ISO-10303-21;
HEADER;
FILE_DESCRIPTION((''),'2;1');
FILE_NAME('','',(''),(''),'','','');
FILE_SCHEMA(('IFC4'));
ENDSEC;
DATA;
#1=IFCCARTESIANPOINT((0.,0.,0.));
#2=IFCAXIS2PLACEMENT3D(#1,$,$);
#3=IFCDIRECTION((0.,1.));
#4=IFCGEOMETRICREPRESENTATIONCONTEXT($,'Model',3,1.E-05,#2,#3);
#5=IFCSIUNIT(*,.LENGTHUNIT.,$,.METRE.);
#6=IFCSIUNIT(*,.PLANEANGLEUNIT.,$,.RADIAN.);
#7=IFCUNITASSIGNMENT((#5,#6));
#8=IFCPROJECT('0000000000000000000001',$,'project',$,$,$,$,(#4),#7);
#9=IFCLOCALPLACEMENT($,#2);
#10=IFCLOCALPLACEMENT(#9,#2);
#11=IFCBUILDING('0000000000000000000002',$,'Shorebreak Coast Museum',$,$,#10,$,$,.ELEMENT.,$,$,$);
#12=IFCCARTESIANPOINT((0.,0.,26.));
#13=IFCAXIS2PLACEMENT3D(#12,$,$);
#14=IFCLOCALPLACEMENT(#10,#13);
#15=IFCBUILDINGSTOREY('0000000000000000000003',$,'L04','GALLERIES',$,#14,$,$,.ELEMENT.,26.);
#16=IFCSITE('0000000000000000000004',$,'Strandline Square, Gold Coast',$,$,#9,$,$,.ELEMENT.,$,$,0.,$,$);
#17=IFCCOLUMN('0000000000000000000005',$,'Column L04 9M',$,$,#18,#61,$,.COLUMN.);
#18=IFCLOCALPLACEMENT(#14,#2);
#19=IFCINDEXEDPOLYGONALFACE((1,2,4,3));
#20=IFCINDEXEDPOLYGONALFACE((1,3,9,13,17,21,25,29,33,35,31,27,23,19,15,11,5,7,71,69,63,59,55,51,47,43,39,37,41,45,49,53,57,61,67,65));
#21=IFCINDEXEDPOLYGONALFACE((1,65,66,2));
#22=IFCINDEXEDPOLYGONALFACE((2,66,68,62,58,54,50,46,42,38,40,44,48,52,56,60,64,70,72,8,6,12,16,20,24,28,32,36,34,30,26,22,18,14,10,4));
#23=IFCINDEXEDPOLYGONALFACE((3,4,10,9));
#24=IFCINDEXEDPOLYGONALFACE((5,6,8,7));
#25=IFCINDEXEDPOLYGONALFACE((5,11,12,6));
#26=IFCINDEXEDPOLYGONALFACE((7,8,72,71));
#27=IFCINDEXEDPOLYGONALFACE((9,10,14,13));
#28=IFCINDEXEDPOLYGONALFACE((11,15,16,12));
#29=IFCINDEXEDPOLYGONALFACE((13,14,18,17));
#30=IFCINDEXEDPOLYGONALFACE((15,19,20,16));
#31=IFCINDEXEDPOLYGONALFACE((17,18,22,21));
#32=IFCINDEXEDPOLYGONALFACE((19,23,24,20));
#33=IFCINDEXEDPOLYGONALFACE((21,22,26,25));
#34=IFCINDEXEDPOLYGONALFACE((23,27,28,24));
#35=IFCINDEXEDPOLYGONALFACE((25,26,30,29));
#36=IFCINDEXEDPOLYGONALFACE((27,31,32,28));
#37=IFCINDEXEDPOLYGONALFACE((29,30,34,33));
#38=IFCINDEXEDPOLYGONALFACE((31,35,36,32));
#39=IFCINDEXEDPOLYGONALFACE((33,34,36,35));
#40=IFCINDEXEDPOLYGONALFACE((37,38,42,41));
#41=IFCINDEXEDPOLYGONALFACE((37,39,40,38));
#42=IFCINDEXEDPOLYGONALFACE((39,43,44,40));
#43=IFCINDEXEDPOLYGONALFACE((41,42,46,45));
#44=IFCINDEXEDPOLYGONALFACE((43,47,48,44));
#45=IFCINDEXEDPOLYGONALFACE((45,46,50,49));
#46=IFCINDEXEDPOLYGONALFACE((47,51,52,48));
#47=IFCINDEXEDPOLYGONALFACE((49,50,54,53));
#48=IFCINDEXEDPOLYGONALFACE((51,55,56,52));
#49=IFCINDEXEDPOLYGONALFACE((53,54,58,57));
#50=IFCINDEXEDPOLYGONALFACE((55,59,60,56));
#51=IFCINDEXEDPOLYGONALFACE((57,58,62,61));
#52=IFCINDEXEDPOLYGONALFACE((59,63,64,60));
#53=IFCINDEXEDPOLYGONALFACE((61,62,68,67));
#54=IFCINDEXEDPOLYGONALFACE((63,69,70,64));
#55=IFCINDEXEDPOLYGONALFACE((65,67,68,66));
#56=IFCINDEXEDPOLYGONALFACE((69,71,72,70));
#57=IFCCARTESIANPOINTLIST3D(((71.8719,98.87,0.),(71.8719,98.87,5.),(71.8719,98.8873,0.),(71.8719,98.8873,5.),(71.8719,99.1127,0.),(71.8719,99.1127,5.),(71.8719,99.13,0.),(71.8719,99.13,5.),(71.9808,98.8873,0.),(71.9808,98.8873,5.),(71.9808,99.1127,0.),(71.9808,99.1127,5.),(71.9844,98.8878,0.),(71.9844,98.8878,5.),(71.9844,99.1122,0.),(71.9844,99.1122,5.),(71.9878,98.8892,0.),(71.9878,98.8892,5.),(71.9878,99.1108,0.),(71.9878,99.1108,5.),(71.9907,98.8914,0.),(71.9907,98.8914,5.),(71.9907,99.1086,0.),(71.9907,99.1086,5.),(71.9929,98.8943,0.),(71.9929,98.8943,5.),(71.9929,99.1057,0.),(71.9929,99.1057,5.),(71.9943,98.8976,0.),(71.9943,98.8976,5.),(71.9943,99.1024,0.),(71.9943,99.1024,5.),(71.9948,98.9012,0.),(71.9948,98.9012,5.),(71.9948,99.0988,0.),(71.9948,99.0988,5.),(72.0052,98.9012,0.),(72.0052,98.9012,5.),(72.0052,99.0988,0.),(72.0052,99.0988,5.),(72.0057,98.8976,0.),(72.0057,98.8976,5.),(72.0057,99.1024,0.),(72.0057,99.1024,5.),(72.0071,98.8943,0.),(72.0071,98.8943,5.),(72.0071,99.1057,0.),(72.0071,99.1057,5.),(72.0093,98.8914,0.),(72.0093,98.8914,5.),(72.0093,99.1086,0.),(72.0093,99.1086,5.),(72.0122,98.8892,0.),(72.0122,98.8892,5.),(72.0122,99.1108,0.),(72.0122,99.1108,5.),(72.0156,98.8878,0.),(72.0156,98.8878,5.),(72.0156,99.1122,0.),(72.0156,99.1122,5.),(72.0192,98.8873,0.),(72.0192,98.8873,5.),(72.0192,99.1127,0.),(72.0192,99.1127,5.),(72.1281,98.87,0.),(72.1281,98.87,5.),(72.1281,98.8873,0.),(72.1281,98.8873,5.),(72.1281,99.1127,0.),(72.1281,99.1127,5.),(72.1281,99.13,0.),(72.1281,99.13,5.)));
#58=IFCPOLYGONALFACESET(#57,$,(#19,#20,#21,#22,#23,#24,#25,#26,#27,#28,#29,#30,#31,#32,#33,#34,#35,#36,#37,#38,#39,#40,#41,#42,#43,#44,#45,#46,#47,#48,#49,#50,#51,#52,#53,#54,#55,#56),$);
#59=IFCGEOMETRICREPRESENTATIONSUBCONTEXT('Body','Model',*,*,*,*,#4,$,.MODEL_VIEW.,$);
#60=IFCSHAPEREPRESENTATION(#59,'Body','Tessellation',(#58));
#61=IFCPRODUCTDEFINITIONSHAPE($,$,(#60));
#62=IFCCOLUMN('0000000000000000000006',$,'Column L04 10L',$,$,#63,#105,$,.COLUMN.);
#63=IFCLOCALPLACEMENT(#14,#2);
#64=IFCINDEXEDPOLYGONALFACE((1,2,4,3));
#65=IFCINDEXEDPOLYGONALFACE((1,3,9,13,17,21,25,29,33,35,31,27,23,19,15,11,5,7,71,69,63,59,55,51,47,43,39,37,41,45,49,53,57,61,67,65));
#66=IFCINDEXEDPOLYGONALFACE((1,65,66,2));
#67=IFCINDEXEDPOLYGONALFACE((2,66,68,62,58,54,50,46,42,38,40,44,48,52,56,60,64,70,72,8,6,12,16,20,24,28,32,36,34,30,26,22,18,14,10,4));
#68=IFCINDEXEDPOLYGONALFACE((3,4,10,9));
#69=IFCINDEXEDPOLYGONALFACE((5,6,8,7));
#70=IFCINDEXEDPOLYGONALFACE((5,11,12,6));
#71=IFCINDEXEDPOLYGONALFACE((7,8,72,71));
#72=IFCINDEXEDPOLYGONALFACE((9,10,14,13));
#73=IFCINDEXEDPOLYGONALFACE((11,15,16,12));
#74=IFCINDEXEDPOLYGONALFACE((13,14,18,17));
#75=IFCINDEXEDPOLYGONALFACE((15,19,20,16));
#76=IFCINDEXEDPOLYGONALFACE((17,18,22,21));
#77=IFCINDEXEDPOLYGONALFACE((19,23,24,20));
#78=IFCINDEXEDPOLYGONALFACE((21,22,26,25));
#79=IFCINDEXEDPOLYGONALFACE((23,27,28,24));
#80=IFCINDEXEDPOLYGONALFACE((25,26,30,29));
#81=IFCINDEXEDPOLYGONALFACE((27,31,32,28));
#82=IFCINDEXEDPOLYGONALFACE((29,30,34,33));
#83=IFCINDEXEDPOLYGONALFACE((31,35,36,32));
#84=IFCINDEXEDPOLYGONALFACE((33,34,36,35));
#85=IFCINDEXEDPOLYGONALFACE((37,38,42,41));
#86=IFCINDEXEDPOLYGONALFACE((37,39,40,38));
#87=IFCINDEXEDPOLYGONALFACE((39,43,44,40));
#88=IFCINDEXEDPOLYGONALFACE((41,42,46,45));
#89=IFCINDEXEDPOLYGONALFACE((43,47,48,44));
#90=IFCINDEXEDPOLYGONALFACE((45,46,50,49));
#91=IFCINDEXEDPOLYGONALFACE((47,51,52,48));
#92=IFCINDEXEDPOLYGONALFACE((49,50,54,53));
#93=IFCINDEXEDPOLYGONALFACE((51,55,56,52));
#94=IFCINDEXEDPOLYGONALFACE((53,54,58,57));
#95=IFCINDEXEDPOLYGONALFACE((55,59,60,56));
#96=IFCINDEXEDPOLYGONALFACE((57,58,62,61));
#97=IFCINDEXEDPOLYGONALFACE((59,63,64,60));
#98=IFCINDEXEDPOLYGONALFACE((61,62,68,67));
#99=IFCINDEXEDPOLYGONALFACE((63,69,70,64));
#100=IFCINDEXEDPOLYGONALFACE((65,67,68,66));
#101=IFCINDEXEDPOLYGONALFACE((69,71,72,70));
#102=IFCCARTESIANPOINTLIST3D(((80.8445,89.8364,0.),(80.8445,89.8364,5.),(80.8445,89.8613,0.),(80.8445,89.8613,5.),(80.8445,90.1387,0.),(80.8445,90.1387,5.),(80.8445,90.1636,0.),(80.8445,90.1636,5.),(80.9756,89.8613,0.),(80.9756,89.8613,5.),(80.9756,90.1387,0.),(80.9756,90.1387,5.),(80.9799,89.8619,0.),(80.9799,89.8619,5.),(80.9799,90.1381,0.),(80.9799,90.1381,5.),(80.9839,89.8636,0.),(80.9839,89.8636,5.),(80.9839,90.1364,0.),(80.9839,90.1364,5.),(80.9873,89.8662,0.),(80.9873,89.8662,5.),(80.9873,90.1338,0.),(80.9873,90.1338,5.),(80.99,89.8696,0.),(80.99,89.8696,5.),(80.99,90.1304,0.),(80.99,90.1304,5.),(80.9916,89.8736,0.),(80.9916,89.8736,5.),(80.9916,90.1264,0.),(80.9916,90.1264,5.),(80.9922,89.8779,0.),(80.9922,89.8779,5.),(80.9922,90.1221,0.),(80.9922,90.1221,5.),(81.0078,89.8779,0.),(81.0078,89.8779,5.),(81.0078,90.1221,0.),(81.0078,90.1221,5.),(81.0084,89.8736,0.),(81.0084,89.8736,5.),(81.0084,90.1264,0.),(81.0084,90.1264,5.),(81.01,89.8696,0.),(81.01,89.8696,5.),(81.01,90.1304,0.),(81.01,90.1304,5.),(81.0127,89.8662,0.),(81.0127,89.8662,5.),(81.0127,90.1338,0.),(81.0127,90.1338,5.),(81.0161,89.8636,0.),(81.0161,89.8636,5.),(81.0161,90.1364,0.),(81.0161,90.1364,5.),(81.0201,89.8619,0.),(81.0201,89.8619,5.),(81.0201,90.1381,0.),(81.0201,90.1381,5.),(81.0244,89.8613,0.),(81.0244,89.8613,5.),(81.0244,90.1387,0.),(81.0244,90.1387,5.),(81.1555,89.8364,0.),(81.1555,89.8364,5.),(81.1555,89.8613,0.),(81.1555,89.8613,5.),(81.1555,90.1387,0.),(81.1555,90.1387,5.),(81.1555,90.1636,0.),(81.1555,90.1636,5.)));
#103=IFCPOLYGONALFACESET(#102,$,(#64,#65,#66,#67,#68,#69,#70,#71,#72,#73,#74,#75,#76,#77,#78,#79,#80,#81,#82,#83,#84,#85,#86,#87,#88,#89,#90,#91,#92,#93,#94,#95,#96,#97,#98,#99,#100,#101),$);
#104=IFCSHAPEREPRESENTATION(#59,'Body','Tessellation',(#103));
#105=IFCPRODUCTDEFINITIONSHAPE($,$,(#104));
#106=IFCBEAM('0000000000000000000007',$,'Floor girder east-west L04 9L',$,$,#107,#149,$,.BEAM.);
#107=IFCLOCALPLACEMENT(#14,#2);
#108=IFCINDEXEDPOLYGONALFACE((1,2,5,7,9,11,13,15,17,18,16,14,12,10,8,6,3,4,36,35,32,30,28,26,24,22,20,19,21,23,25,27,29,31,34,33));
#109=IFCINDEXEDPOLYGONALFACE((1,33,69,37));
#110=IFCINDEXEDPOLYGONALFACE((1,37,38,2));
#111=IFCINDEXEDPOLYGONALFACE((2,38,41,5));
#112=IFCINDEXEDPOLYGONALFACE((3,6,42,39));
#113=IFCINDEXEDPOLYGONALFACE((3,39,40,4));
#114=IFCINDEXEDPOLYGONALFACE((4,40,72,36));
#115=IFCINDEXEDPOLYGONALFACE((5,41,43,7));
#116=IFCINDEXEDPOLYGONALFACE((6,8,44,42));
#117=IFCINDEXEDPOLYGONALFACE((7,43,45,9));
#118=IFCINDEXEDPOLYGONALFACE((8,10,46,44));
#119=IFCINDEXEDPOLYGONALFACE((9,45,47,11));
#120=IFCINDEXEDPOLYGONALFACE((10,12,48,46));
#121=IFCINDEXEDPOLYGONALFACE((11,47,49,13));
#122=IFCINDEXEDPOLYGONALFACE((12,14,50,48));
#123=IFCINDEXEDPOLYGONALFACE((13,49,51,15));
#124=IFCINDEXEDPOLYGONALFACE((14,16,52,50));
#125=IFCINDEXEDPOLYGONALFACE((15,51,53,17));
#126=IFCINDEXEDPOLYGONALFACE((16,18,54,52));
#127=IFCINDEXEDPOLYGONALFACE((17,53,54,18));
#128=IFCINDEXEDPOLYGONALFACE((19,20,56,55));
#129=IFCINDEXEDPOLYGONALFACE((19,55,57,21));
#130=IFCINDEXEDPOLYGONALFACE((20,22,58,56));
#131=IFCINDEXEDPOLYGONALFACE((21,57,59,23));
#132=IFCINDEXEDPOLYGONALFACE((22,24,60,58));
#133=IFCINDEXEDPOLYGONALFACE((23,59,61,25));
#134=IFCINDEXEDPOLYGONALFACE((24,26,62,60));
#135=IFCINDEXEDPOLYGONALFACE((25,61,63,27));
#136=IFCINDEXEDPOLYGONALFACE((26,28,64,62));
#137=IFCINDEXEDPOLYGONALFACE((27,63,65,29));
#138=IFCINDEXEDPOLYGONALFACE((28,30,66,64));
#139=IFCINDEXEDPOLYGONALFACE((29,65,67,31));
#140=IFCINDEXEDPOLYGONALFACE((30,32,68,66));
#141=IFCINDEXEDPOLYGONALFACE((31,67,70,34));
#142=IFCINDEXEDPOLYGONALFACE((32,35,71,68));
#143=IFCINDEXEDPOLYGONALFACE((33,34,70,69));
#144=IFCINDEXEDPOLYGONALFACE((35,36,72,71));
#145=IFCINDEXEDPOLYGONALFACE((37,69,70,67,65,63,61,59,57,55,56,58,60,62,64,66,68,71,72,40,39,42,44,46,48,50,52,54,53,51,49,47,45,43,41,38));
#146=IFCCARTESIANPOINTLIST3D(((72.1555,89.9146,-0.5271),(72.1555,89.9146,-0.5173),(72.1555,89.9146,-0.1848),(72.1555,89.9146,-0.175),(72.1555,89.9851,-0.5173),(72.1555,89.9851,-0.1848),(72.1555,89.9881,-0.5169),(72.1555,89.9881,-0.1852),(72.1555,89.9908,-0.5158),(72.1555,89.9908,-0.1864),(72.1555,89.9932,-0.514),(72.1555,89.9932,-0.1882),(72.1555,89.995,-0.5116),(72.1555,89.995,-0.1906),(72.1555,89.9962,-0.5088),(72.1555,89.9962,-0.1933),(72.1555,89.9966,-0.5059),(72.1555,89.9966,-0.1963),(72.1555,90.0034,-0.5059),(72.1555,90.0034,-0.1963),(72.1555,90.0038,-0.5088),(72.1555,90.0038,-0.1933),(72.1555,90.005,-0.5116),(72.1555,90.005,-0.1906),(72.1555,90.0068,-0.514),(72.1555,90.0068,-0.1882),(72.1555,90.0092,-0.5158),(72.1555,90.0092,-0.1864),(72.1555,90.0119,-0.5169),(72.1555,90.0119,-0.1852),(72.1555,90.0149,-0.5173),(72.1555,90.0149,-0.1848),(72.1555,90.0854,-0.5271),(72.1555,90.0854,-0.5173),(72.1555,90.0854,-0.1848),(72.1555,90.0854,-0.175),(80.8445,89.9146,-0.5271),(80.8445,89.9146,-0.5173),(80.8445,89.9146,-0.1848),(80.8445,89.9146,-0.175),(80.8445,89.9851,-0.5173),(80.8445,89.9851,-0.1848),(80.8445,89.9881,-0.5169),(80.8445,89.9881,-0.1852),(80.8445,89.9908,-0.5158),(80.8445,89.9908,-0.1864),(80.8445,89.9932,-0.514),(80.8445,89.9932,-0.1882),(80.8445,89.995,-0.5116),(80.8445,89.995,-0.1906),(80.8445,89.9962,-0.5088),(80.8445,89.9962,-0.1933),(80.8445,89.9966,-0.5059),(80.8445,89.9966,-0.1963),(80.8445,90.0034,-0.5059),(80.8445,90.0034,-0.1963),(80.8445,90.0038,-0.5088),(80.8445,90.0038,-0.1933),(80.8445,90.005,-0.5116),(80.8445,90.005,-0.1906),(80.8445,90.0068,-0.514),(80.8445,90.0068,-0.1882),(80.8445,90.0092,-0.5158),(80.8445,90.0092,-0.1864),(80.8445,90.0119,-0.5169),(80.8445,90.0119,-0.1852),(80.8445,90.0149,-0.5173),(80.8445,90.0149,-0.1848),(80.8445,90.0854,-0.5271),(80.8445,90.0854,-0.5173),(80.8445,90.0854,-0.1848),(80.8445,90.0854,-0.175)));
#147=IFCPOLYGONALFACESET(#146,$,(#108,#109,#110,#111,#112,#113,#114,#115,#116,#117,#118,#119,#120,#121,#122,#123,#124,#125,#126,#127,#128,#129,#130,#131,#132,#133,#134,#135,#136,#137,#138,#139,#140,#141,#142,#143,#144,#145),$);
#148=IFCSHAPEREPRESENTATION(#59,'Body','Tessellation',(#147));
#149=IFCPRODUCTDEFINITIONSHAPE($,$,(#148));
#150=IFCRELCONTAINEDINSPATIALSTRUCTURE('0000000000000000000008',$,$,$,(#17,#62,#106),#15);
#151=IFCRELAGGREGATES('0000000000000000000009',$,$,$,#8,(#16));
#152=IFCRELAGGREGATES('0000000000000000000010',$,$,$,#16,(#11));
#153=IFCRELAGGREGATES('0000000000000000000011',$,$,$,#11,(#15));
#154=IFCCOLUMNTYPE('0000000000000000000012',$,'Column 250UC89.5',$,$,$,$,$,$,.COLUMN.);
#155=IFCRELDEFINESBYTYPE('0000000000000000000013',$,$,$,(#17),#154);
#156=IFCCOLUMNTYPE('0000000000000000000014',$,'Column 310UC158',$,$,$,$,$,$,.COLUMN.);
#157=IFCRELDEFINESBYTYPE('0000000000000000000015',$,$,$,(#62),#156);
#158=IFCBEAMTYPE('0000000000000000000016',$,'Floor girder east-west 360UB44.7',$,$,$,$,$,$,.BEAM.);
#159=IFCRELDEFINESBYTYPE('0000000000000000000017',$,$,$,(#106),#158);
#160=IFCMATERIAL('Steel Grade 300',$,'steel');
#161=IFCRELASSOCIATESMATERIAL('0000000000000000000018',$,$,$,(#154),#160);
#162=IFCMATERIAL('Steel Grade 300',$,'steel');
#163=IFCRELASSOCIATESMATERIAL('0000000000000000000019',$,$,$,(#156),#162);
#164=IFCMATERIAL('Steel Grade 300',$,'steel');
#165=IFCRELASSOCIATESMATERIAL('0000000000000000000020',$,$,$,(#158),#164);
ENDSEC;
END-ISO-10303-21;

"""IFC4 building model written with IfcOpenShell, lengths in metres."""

from ifc_helpers import new_model, si_unit, direction, frame, origin, origin_2d, place, context, subcontext, project, spatial, i_section, extrude, material, material_profile, profile_set, type_object, element, save


model = new_model("IFC4")

# Units and contexts
model_context = context("Model", 3, precision=1e-05, world=origin(), true_north=direction((0.0, 1.0)))
body_context = subcontext(model_context, "Body", "Model", "MODEL_VIEW")
ifc_project = project(units=[si_unit("LENGTHUNIT", "METRE"), si_unit("PLANEANGLEUNIT", "RADIAN")], contexts=[model_context])

# Site, building, storey
site_placement = place(None, origin())
site = spatial("IfcSite", under=ifc_project, at=site_placement, Name="Strandline Square, Gold Coast", CompositionType="ELEMENT", RefElevation=0.0)
building_placement = place(site_placement, origin())
building = spatial("IfcBuilding", under=site, at=building_placement, Name="Shorebreak Coast Museum", CompositionType="ELEMENT")
storey_placement = place(building_placement, frame((0.0, 0.0, 26.0)))
storey = spatial("IfcBuildingStorey", under=building, at=storey_placement, Name="L04", Description="GALLERIES", CompositionType="ELEMENT", Elevation=26.0)

# Columns
ifc_material_1 = material(Name="Steel Grade 300", Category="steel")
ifc_material_profile_1 = material_profile(ifc_material_1, i_section(OverallWidth=0.2561, OverallDepth=0.26, WebThickness=0.0105, FlangeThickness=0.0173, FilletRadius=0.0139, at=origin_2d()), Name="250UC89.5")
ifc_profile_set_1 = profile_set([ifc_material_profile_1], Name="Steel Grade 300")
column_type_1 = type_object("IfcColumnType", Name="Column 250UC89.5", PredefinedType="COLUMN", material=ifc_profile_set_1)
column_1_placement = place(storey_placement, frame((72.0, 99.0, 0.0), z_axis=(0.0, 0.0, 1.0), x_axis=(1.0, 0.0, 0.0)))
element("IfcColumn", 1, at=column_1_placement, inside=storey, type_object=column_type_1, Name="Column L04 9M", PredefinedType="COLUMN", context=body_context, shape_type="SweptSolid", body=[
    extrude(i_section(OverallWidth=0.2561, OverallDepth=0.26, WebThickness=0.0105, FlangeThickness=0.0173, FilletRadius=0.0139, at=origin_2d()), origin(), (0.0, 0.0, 1.0), 5.0),
])
ifc_material_2 = material(Name="Steel Grade 300", Category="steel")
ifc_material_profile_2 = material_profile(ifc_material_2, i_section(OverallWidth=0.311, OverallDepth=0.3271, WebThickness=0.0156, FlangeThickness=0.0249, FilletRadius=0.0166, at=origin_2d()), Name="310UC158")
ifc_profile_set_2 = profile_set([ifc_material_profile_2], Name="Steel Grade 300")
column_type_2 = type_object("IfcColumnType", Name="Column 310UC158", PredefinedType="COLUMN", material=ifc_profile_set_2)
column_2_placement = place(storey_placement, frame((81.0, 90.0, 0.0), z_axis=(0.0, 0.0, 1.0), x_axis=(1.0, 0.0, 0.0)))
element("IfcColumn", 2, at=column_2_placement, inside=storey, type_object=column_type_2, Name="Column L04 10L", PredefinedType="COLUMN", context=body_context, shape_type="SweptSolid", body=[
    extrude(i_section(OverallWidth=0.311, OverallDepth=0.3271, WebThickness=0.0156, FlangeThickness=0.0249, FilletRadius=0.0166, at=origin_2d()), origin(), (0.0, 0.0, 1.0), 5.0),
])

# Beam
ifc_material_3 = material(Name="Steel Grade 300", Category="steel")
ifc_material_profile_3 = material_profile(ifc_material_3, i_section(OverallWidth=0.1709, OverallDepth=0.3521, WebThickness=0.0068, FlangeThickness=0.0098, FilletRadius=0.0115, at=origin_2d()), Name="360UB44.7")
ifc_profile_set_3 = profile_set([ifc_material_profile_3], Name="Steel Grade 300")
beam_type_1 = type_object("IfcBeamType", Name="Floor girder east-west 360UB44.7", PredefinedType="BEAM", material=ifc_profile_set_3)
beam_placement = place(storey_placement, frame((72.1555, 90.0, -0.3511), z_axis=(1.0, 0.0, 0.0), x_axis=(0.0, 1.0, 0.0)))
element("IfcBeam", 3, at=beam_placement, inside=storey, type_object=beam_type_1, Name="Floor girder east-west L04 9L", PredefinedType="BEAM", context=body_context, shape_type="SweptSolid", body=[
    extrude(i_section(OverallWidth=0.1709, OverallDepth=0.3521, WebThickness=0.0068, FlangeThickness=0.0098, FilletRadius=0.0115, at=origin_2d()), origin(), (0.0, 0.0, 1.0), 8.689),
])

save(model, "model.ifc")
